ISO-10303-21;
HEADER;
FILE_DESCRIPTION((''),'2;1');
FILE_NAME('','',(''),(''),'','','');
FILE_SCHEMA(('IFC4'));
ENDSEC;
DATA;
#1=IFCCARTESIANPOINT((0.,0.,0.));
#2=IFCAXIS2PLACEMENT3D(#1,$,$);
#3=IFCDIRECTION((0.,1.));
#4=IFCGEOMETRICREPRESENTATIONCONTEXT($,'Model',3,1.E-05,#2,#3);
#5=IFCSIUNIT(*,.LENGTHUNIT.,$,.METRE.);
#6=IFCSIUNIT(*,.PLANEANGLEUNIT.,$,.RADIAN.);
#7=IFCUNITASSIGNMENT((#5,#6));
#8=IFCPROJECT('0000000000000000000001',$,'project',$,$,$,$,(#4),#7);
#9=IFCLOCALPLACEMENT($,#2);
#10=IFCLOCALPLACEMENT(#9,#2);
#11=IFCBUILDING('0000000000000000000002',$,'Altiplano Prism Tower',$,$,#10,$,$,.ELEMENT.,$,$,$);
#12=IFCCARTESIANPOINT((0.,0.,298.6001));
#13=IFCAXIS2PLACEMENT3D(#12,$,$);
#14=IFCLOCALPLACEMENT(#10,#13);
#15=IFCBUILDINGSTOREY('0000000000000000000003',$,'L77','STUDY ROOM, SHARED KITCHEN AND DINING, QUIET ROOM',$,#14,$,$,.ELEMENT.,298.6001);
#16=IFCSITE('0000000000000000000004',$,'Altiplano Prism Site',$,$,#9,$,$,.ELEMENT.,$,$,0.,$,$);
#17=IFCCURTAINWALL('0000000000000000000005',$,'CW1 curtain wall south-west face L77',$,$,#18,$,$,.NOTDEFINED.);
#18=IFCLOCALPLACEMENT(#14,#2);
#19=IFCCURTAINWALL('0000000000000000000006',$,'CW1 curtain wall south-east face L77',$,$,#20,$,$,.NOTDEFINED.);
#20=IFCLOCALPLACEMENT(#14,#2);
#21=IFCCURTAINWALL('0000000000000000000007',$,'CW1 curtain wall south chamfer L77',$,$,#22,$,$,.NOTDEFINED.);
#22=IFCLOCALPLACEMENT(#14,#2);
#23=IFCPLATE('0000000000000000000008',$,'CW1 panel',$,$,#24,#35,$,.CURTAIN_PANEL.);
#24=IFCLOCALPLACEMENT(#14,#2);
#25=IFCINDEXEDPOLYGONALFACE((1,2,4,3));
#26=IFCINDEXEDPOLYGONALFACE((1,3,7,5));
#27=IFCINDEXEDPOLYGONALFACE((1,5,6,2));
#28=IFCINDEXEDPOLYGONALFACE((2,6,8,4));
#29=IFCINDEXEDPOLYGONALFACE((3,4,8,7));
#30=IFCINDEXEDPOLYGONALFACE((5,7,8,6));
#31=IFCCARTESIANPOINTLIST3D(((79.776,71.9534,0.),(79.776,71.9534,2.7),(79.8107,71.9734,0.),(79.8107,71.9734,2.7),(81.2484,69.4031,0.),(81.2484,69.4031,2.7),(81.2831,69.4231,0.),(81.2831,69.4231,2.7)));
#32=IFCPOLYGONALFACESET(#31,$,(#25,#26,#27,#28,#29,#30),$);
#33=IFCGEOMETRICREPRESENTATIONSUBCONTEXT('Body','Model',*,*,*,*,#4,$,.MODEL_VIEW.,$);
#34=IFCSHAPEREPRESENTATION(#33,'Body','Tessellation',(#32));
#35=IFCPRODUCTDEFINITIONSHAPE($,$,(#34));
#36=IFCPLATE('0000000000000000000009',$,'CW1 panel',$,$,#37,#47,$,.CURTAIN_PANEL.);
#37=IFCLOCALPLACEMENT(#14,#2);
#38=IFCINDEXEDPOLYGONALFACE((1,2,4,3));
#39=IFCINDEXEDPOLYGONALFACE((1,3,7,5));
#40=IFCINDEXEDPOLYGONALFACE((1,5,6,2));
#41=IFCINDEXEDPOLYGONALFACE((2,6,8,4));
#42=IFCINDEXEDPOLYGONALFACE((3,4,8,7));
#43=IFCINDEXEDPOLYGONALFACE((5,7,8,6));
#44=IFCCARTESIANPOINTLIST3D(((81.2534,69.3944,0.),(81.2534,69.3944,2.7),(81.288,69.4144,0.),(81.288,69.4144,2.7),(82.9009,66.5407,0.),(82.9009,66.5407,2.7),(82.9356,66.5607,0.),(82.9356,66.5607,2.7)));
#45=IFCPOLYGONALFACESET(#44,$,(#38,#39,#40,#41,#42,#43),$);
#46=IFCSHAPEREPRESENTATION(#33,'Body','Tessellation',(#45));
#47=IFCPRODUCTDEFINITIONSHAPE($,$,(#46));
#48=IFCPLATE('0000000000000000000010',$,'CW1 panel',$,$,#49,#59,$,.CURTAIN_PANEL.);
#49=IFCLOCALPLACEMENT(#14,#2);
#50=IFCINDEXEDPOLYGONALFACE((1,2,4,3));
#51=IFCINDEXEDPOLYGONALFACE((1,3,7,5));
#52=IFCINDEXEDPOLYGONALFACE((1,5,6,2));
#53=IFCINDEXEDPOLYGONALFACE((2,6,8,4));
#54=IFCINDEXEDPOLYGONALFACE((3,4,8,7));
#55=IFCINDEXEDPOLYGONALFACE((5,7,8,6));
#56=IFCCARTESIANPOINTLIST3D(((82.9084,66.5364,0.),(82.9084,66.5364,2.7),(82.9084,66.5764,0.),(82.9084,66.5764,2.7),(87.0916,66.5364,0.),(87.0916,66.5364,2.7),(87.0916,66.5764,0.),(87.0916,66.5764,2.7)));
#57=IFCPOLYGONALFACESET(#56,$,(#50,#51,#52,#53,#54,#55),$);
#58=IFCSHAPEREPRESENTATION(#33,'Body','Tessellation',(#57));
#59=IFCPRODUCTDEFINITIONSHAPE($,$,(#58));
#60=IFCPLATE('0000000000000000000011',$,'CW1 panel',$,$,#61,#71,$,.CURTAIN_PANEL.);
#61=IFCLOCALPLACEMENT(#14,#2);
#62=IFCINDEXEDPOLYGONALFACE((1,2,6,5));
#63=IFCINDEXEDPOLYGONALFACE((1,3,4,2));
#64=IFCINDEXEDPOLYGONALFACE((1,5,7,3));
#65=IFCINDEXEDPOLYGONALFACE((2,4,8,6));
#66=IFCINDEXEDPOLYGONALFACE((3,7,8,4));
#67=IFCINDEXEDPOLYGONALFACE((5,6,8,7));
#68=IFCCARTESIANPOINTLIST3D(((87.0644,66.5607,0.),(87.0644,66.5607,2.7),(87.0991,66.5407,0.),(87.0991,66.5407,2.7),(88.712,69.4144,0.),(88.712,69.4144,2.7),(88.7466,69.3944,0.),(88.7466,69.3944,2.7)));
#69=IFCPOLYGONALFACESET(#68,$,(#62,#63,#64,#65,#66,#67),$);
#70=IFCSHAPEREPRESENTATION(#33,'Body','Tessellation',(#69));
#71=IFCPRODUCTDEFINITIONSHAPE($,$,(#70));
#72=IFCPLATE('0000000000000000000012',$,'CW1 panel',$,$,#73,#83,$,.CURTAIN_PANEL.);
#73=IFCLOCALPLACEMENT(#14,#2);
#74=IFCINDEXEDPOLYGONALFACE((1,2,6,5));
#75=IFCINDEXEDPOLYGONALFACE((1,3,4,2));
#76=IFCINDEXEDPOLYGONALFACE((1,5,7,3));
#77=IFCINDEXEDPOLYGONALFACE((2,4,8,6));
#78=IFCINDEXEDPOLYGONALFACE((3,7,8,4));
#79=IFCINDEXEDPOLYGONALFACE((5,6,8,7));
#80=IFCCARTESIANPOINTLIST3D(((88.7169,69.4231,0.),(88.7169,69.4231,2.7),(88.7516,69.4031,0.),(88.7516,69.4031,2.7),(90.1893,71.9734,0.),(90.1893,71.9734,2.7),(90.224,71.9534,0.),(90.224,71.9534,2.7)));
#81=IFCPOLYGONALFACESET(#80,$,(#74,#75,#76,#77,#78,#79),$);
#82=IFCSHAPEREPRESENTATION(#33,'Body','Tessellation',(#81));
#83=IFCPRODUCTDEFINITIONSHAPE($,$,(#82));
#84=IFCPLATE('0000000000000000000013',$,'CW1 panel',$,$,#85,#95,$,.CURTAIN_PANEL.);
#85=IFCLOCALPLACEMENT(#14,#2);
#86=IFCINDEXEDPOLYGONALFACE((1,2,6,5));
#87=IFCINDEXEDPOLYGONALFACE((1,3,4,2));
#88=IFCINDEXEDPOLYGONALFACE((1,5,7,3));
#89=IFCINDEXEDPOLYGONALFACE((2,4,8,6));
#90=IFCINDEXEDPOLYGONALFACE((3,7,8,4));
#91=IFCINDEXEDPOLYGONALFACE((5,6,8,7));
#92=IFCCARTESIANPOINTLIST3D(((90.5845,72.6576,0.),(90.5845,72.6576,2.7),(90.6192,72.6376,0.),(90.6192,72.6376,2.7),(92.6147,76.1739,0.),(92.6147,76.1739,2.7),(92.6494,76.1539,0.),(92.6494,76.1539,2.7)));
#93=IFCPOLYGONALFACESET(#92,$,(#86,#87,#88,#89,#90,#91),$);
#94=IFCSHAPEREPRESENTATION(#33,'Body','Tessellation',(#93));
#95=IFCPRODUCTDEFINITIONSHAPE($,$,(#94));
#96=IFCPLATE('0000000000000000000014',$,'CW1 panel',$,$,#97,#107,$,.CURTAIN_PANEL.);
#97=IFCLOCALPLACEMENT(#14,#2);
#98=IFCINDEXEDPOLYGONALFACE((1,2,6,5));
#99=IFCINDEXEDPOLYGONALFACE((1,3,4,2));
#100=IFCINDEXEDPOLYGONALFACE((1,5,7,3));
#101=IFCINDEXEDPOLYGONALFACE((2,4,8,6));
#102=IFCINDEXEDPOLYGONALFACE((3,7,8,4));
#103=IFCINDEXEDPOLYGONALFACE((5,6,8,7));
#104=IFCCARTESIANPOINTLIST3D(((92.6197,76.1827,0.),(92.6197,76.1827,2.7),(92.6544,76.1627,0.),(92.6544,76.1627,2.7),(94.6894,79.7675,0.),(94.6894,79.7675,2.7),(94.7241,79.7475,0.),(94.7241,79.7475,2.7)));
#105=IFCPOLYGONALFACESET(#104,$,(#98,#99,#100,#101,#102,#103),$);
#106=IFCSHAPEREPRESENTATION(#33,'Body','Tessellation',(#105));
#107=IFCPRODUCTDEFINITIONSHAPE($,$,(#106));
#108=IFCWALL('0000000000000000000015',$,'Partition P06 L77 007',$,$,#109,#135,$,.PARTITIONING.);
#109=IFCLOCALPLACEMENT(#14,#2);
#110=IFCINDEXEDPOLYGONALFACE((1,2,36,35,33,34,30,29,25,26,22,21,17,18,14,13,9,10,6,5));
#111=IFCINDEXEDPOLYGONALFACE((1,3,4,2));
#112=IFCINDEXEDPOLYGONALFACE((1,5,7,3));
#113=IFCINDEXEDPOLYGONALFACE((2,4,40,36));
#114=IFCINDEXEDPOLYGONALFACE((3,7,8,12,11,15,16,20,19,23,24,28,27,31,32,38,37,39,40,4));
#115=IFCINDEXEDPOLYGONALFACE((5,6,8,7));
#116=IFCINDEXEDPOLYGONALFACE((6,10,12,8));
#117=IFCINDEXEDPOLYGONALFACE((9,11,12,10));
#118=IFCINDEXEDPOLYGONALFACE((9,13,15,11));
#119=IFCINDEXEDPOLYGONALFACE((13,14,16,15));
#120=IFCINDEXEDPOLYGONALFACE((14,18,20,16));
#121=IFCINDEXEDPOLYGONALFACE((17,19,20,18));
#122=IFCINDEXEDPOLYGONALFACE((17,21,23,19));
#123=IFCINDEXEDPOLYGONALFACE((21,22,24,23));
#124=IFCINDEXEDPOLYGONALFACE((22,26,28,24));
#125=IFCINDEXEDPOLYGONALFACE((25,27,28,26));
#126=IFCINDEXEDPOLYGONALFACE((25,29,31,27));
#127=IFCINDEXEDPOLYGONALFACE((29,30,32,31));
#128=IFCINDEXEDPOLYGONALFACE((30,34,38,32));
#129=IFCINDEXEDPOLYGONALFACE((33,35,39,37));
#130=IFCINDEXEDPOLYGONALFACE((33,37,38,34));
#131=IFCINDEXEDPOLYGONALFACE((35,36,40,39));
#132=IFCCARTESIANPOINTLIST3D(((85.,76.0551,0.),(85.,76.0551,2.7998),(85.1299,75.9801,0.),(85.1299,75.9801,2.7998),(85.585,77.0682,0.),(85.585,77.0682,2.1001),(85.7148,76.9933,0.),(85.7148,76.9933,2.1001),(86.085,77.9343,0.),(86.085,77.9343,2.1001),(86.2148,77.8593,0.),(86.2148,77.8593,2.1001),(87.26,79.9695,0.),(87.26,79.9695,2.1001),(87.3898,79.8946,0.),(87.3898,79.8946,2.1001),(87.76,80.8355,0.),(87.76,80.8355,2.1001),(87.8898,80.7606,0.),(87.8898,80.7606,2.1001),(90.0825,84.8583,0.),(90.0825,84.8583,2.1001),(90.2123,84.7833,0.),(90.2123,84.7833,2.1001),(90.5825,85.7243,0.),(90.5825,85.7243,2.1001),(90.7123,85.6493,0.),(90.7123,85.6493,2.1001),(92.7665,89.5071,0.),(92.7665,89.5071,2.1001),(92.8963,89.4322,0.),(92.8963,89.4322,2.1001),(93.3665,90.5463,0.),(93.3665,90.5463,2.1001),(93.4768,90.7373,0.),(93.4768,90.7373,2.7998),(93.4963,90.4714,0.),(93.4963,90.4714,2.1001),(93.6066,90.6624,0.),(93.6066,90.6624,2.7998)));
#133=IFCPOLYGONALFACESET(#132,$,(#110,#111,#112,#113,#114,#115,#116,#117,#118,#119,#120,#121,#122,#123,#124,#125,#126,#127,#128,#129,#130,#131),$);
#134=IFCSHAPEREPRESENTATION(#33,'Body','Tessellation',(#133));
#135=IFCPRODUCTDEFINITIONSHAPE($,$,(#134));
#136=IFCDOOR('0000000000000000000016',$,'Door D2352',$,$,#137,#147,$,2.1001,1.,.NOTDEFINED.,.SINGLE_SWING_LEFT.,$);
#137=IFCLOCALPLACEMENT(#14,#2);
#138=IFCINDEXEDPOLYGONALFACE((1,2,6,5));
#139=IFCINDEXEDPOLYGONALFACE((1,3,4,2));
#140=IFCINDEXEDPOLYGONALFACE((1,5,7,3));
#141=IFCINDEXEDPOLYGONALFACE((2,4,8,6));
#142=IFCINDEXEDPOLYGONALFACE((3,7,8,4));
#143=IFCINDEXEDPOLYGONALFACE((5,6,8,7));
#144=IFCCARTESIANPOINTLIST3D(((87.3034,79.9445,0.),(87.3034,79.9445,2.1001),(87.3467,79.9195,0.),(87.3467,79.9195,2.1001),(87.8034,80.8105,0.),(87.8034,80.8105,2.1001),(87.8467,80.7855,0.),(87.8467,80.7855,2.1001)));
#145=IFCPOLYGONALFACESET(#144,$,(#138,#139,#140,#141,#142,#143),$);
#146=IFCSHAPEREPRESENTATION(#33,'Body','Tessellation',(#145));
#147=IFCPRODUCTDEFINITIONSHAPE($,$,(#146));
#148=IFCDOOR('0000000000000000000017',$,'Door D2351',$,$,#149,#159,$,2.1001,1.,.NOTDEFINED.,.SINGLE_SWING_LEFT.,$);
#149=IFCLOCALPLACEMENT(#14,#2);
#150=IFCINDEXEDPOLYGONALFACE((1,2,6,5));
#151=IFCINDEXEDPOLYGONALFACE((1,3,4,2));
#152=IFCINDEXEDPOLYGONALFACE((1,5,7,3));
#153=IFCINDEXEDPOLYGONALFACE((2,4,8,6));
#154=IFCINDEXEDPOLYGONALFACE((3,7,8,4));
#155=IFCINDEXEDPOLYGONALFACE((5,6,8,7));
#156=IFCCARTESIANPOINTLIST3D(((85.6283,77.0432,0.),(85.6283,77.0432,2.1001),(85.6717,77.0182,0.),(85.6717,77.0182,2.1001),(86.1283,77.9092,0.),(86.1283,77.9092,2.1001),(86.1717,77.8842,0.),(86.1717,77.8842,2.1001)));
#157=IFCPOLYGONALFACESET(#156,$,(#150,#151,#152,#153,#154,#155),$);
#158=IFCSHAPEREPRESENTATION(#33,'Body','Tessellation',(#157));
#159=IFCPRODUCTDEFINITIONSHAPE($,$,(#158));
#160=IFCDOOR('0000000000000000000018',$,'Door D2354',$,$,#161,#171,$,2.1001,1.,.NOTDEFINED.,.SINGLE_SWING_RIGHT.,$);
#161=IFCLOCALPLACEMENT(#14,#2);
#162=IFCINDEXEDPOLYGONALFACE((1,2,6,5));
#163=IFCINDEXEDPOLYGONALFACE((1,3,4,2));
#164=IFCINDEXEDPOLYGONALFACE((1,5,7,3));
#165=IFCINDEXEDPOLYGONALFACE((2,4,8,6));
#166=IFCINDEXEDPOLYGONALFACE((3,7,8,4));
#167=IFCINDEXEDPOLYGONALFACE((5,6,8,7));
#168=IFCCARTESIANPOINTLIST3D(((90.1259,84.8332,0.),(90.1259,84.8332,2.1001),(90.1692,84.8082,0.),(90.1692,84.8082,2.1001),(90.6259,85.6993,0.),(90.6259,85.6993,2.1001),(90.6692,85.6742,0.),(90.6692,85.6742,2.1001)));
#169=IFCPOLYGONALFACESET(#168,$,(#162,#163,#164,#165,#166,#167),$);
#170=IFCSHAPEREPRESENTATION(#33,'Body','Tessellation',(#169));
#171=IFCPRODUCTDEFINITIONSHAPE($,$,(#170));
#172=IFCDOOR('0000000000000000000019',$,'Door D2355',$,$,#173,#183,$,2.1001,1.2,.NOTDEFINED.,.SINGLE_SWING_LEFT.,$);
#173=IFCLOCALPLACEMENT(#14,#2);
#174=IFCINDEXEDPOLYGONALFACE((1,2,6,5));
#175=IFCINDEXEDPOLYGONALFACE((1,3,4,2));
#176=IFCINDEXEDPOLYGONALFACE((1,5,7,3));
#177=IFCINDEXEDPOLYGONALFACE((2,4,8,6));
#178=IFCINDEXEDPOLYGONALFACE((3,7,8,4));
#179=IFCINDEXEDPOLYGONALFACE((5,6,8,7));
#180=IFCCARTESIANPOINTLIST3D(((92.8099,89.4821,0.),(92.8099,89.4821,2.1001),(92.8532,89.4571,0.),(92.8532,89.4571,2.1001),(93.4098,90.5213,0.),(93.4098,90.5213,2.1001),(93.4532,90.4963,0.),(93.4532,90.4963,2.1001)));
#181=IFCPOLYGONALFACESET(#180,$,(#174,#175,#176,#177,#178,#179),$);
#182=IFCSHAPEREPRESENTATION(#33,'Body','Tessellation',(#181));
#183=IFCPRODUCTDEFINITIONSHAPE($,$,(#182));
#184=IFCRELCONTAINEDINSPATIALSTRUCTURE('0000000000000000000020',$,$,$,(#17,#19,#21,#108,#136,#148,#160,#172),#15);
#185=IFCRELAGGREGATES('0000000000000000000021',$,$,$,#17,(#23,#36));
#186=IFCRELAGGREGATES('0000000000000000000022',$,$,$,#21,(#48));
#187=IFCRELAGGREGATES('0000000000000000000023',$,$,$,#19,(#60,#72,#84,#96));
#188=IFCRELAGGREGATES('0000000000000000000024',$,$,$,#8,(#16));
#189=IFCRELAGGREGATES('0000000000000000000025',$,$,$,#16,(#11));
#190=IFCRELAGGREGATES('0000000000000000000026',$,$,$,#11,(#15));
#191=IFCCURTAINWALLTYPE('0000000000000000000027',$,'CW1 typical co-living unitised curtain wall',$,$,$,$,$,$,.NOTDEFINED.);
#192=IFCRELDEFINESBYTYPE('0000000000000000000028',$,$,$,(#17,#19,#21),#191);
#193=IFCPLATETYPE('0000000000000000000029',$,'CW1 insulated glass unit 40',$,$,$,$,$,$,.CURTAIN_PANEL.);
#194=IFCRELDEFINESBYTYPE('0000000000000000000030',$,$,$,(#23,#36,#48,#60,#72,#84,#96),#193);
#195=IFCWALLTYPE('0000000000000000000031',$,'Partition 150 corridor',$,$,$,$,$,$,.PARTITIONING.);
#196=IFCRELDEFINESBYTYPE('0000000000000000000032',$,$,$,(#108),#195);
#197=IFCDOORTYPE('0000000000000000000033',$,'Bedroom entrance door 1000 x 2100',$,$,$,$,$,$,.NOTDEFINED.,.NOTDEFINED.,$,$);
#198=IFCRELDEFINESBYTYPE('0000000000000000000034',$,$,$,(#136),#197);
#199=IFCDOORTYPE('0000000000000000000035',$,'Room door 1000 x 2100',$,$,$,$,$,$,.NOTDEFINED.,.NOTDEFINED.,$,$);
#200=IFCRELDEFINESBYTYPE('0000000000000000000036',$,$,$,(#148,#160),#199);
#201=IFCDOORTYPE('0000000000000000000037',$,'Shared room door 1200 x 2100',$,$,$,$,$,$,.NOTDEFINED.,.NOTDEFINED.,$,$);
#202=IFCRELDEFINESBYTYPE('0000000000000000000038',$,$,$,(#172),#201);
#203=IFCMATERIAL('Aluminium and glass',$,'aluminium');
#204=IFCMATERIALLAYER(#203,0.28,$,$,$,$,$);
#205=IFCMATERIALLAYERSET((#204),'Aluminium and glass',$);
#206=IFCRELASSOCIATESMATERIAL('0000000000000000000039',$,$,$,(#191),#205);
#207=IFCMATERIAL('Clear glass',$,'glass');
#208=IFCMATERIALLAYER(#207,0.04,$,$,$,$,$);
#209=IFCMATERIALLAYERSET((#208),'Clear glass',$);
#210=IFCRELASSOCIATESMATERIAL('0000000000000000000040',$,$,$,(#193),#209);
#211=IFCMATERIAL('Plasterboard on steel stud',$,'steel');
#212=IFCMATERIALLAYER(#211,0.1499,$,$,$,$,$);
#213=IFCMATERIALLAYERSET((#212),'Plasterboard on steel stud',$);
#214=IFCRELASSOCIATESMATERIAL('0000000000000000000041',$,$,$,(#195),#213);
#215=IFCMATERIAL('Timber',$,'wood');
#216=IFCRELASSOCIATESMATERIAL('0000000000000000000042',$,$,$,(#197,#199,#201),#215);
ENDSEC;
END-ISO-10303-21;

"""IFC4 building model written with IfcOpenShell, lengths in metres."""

from ifc_helpers import new_model, si_unit, direction, frame, frame_2d, origin, origin_2d, place, context, subcontext, project, spatial, rectangle, extrude, material, layer, layer_set, type_object, element, fill, aggregate, save


model = new_model("IFC4")

# Units and contexts
model_context = context("Model", 3, precision=1e-05, world=origin(), true_north=direction((0.0, 1.0)))
body_context = subcontext(model_context, "Body", "Model", "MODEL_VIEW")
ifc_project = project(units=[si_unit("LENGTHUNIT", "METRE"), si_unit("PLANEANGLEUNIT", "RADIAN")], contexts=[model_context])

# Site, building, storey
site_placement = place(None, origin())
site = spatial("IfcSite", under=ifc_project, at=site_placement, Name="Altiplano Prism Site", CompositionType="ELEMENT", RefElevation=0.0)
building_placement = place(site_placement, origin())
building = spatial("IfcBuilding", under=site, at=building_placement, Name="Altiplano Prism Tower", CompositionType="ELEMENT")
storey_placement = place(building_placement, frame((0.0, 0.0, 298.6001)))
storey = spatial("IfcBuildingStorey", under=building, at=storey_placement, Name="L77", Description="STUDY ROOM, SHARED KITCHEN AND DINING, QUIET ROOM", CompositionType="ELEMENT", Elevation=298.6001)

# Curtain wall
ifc_material_1 = material(Name="Aluminium and glass", Category="aluminium")
ifc_layer_1 = layer(ifc_material_1, 0.28)
ifc_layer_set_1 = layer_set([ifc_layer_1], Name="Aluminium and glass")
curtain_wall_type = type_object("IfcCurtainWallType", Name="CW1 typical co-living unitised curtain wall", PredefinedType="NOTDEFINED", material=ifc_layer_set_1)
curtain_wall_1_placement = place(storey_placement, origin())
curtain_wall_1 = element("IfcCurtainWall", 1, at=curtain_wall_1_placement, inside=storey, type_object=curtain_wall_type, Name="CW1 curtain wall south-west face L77", PredefinedType="NOTDEFINED")

# Curtain wall
curtain_wall_2_placement = place(storey_placement, origin())
curtain_wall_2 = element("IfcCurtainWall", 2, at=curtain_wall_2_placement, inside=storey, type_object=curtain_wall_type, Name="CW1 curtain wall south-east face L77", PredefinedType="NOTDEFINED")

# Curtain wall
curtain_wall_3_placement = place(storey_placement, origin())
curtain_wall_3 = element("IfcCurtainWall", 3, at=curtain_wall_3_placement, inside=storey, type_object=curtain_wall_type, Name="CW1 curtain wall south chamfer L77", PredefinedType="NOTDEFINED")

# Plates
ifc_material_2 = material(Name="Clear glass", Category="glass")
ifc_layer_2 = layer(ifc_material_2, 0.04)
ifc_layer_set_2 = layer_set([ifc_layer_2], Name="Clear glass")
plate_type = type_object("IfcPlateType", Name="CW1 insulated glass unit 40", PredefinedType="CURTAIN_PANEL", material=ifc_layer_set_2)
plate_1_placement = place(storey_placement, frame((80.5295, 70.6882, 0.0), z_axis=(0.0, 0.0, 1.0), x_axis=(0.5, -0.866025, 0.0)))
plate_1 = element("IfcPlate", 4, at=plate_1_placement, type_object=plate_type, Name="CW1 panel", PredefinedType="CURTAIN_PANEL", context=body_context, shape_type="SweptSolid", body=[
    extrude(rectangle(XDim=2.9448, YDim=0.04, at=origin_2d()), origin(), (0.0, 0.0, 1.0), 2.7),
])
plate_2_placement = place(storey_placement, frame((82.0945, 67.9775, 0.0), z_axis=(0.0, 0.0, 1.0), x_axis=(0.5, -0.866025, 0.0)))
plate_2 = element("IfcPlate", 5, at=plate_2_placement, type_object=plate_type, Name="CW1 panel", PredefinedType="CURTAIN_PANEL", context=body_context, shape_type="SweptSolid", body=[
    extrude(rectangle(XDim=3.2952, YDim=0.04, at=origin_2d()), origin(), (0.0, 0.0, 1.0), 2.7),
])
aggregate(curtain_wall_1, [plate_1, plate_2])
plate_3_placement = place(storey_placement, frame((85.0, 66.5564, 0.0), z_axis=(0.0, 0.0, 1.0), x_axis=(1.0, 0.0, 0.0)))
plate_3 = element("IfcPlate", 6, at=plate_3_placement, type_object=plate_type, Name="CW1 panel", PredefinedType="CURTAIN_PANEL", context=body_context, shape_type="SweptSolid", body=[
    extrude(rectangle(XDim=4.1831, YDim=0.04, at=origin_2d()), origin(), (0.0, 0.0, 1.0), 2.7),
])
aggregate(curtain_wall_3, [plate_3])
plate_4_placement = place(storey_placement, frame((87.9055, 67.9775, 0.0), z_axis=(0.0, 0.0, 1.0), x_axis=(0.5, 0.866025, 0.0)))
plate_4 = element("IfcPlate", 7, at=plate_4_placement, type_object=plate_type, Name="CW1 panel", PredefinedType="CURTAIN_PANEL", context=body_context, shape_type="SweptSolid", body=[
    extrude(rectangle(XDim=3.2952, YDim=0.04, at=origin_2d()), origin(), (0.0, 0.0, 1.0), 2.7),
])
plate_5_placement = place(storey_placement, frame((89.4705, 70.6882, 0.0), z_axis=(0.0, 0.0, 1.0), x_axis=(0.5, 0.866025, 0.0)))
plate_5 = element("IfcPlate", 8, at=plate_5_placement, type_object=plate_type, Name="CW1 panel", PredefinedType="CURTAIN_PANEL", context=body_context, shape_type="SweptSolid", body=[
    extrude(rectangle(XDim=2.9448, YDim=0.04, at=origin_2d()), origin(), (0.0, 0.0, 1.0), 2.7),
])
plate_6_placement = place(storey_placement, frame((91.6169, 74.4058, 0.0), z_axis=(0.0, 0.0, 1.0), x_axis=(0.5, 0.866025, 0.0)))
plate_6 = element("IfcPlate", 9, at=plate_6_placement, type_object=plate_type, Name="CW1 panel", PredefinedType="CURTAIN_PANEL", context=body_context, shape_type="SweptSolid", body=[
    extrude(rectangle(XDim=4.0603, YDim=0.04, at=origin_2d()), origin(), (0.0, 0.0, 1.0), 2.7),
])
plate_7_placement = place(storey_placement, frame((93.6719, 77.9651, 0.0), z_axis=(0.0, 0.0, 1.0), x_axis=(0.5, 0.866025, 0.0)))
plate_7 = element("IfcPlate", 10, at=plate_7_placement, type_object=plate_type, Name="CW1 panel", PredefinedType="CURTAIN_PANEL", context=body_context, shape_type="SweptSolid", body=[
    extrude(rectangle(XDim=4.1394, YDim=0.04, at=origin_2d()), origin(), (0.0, 0.0, 1.0), 2.7),
])
aggregate(curtain_wall_2, [plate_4, plate_5, plate_6, plate_7])

# Wall, openings, doors
ifc_material_3 = material(Name="Plasterboard on steel stud", Category="steel")
ifc_layer_3 = layer(ifc_material_3, 0.1499)
ifc_layer_set_3 = layer_set([ifc_layer_3], Name="Plasterboard on steel stud")
wall_type_1 = type_object("IfcWallType", Name="Partition 150 corridor", PredefinedType="PARTITIONING", material=ifc_layer_set_3)
wall_1_placement = place(storey_placement, frame((85.0649, 76.0176, 0.0), z_axis=(0.0, 0.0, 1.0), x_axis=(0.499997, 0.866027, 0.0)))
wall_1 = element("IfcWall", 11, at=wall_1_placement, inside=storey, type_object=wall_type_1, Name="Partition P06 L77 007", PredefinedType="PARTITIONING", context=body_context, shape_type="SweptSolid", body=[
    extrude(rectangle(XDim=16.9536, YDim=0.1499, at=frame_2d((8.4768, 0.0))), origin(), (0.0, 0.0, 1.0), 2.7998),
])
opening_1_placement = place(wall_1_placement, frame((1.1699, 0.0, 0.0)))
opening_1 = element("IfcOpeningElement", 12, at=opening_1_placement, cuts=wall_1, PredefinedType="OPENING", context=body_context, shape_type="SweptSolid", body=[
    extrude(rectangle(XDim=1.0, YDim=2.1001, at=frame_2d((0.5, 1.05))), frame((0.0, 0.0854, 0.0), z_axis=(0.0, -1.0, 0.0), x_axis=(1.0, 0.0, 0.0)), (0.0, 0.0, 1.0), 0.1709),
])
opening_2_placement = place(wall_1_placement, frame((4.52, 0.0, 0.0)))
opening_2 = element("IfcOpeningElement", 13, at=opening_2_placement, cuts=wall_1, PredefinedType="OPENING", context=body_context, shape_type="SweptSolid", body=[
    extrude(rectangle(XDim=1.0, YDim=2.1001, at=frame_2d((0.5, 1.05))), frame((0.0, 0.0854, 0.0), z_axis=(0.0, -1.0, 0.0), x_axis=(1.0, 0.0, 0.0)), (0.0, 0.0, 1.0), 0.1709),
])
opening_3_placement = place(wall_1_placement, frame((10.165, 0.0, 0.0)))
opening_3 = element("IfcOpeningElement", 14, at=opening_3_placement, cuts=wall_1, PredefinedType="OPENING", context=body_context, shape_type="SweptSolid", body=[
    extrude(rectangle(XDim=1.0, YDim=2.1001, at=frame_2d((0.5, 1.05))), frame((0.0, 0.0854, 0.0), z_axis=(0.0, -1.0, 0.0), x_axis=(1.0, 0.0, 0.0)), (0.0, 0.0, 1.0), 0.1709),
])
opening_4_placement = place(wall_1_placement, frame((15.533, 0.0, 0.0)))
opening_4 = element("IfcOpeningElement", 15, at=opening_4_placement, cuts=wall_1, PredefinedType="OPENING", context=body_context, shape_type="SweptSolid", body=[
    extrude(rectangle(XDim=1.2, YDim=2.1001, at=frame_2d((0.6001, 1.05))), frame((0.0, 0.0854, 0.0), z_axis=(0.0, -1.0, 0.0), x_axis=(1.0, 0.0, 0.0)), (0.0, 0.0, 1.0), 0.1709),
])
ifc_material_4 = material(Name="Timber", Category="wood")
door_type_1 = type_object("IfcDoorType", Name="Bedroom entrance door 1000 x 2100", OperationType="NOTDEFINED", PredefinedType="NOTDEFINED", material=ifc_material_4)
door_1_placement = place(opening_2_placement, origin())
door_1 = element("IfcDoor", 16, at=door_1_placement, inside=storey, type_object=door_type_1, Name="Door D2352", OperationType="SINGLE_SWING_LEFT", OverallHeight=2.1001, OverallWidth=1.0, PredefinedType="NOTDEFINED", context=body_context, shape_type="SweptSolid", body=[
    extrude(rectangle(XDim=1.0, YDim=2.1001, at=frame_2d((0.5, 1.05))), frame((0.0, 0.0249, 0.0), z_axis=(0.0, -1.0, 0.0), x_axis=(1.0, 0.0, 0.0)), (0.0, 0.0, 1.0), 0.05),
])
fill(opening_2, door_1)
door_type_2 = type_object("IfcDoorType", Name="Room door 1000 x 2100", OperationType="NOTDEFINED", PredefinedType="NOTDEFINED", material=ifc_material_4)
door_2_placement = place(opening_1_placement, origin())
door_2 = element("IfcDoor", 17, at=door_2_placement, inside=storey, type_object=door_type_2, Name="Door D2351", OperationType="SINGLE_SWING_LEFT", OverallHeight=2.1001, OverallWidth=1.0, PredefinedType="NOTDEFINED", context=body_context, shape_type="SweptSolid", body=[
    extrude(rectangle(XDim=1.0, YDim=2.1001, at=frame_2d((0.5, 1.05))), frame((0.0, 0.0249, 0.0), z_axis=(0.0, -1.0, 0.0), x_axis=(1.0, 0.0, 0.0)), (0.0, 0.0, 1.0), 0.05),
])
fill(opening_1, door_2)
door_3_placement = place(opening_3_placement, origin())
door_3 = element("IfcDoor", 18, at=door_3_placement, inside=storey, type_object=door_type_2, Name="Door D2354", OperationType="SINGLE_SWING_RIGHT", OverallHeight=2.1001, OverallWidth=1.0, PredefinedType="NOTDEFINED", context=body_context, shape_type="SweptSolid", body=[
    extrude(rectangle(XDim=1.0, YDim=2.1001, at=frame_2d((0.5, 1.05))), frame((0.0, 0.0249, 0.0), z_axis=(0.0, -1.0, 0.0), x_axis=(1.0, 0.0, 0.0)), (0.0, 0.0, 1.0), 0.05),
])
fill(opening_3, door_3)
door_type_3 = type_object("IfcDoorType", Name="Shared room door 1200 x 2100", OperationType="NOTDEFINED", PredefinedType="NOTDEFINED", material=ifc_material_4)
door_4_placement = place(opening_4_placement, origin())
door_4 = element("IfcDoor", 19, at=door_4_placement, inside=storey, type_object=door_type_3, Name="Door D2355", OperationType="SINGLE_SWING_LEFT", OverallHeight=2.1001, OverallWidth=1.2, PredefinedType="NOTDEFINED", context=body_context, shape_type="SweptSolid", body=[
    extrude(rectangle(XDim=1.2, YDim=2.1001, at=frame_2d((0.6001, 1.05))), frame((0.0, 0.0249, 0.0), z_axis=(0.0, -1.0, 0.0), x_axis=(1.0, 0.0, 0.0)), (0.0, 0.0, 1.0), 0.05),
])
fill(opening_4, door_4)

save(model, "model.ifc")
